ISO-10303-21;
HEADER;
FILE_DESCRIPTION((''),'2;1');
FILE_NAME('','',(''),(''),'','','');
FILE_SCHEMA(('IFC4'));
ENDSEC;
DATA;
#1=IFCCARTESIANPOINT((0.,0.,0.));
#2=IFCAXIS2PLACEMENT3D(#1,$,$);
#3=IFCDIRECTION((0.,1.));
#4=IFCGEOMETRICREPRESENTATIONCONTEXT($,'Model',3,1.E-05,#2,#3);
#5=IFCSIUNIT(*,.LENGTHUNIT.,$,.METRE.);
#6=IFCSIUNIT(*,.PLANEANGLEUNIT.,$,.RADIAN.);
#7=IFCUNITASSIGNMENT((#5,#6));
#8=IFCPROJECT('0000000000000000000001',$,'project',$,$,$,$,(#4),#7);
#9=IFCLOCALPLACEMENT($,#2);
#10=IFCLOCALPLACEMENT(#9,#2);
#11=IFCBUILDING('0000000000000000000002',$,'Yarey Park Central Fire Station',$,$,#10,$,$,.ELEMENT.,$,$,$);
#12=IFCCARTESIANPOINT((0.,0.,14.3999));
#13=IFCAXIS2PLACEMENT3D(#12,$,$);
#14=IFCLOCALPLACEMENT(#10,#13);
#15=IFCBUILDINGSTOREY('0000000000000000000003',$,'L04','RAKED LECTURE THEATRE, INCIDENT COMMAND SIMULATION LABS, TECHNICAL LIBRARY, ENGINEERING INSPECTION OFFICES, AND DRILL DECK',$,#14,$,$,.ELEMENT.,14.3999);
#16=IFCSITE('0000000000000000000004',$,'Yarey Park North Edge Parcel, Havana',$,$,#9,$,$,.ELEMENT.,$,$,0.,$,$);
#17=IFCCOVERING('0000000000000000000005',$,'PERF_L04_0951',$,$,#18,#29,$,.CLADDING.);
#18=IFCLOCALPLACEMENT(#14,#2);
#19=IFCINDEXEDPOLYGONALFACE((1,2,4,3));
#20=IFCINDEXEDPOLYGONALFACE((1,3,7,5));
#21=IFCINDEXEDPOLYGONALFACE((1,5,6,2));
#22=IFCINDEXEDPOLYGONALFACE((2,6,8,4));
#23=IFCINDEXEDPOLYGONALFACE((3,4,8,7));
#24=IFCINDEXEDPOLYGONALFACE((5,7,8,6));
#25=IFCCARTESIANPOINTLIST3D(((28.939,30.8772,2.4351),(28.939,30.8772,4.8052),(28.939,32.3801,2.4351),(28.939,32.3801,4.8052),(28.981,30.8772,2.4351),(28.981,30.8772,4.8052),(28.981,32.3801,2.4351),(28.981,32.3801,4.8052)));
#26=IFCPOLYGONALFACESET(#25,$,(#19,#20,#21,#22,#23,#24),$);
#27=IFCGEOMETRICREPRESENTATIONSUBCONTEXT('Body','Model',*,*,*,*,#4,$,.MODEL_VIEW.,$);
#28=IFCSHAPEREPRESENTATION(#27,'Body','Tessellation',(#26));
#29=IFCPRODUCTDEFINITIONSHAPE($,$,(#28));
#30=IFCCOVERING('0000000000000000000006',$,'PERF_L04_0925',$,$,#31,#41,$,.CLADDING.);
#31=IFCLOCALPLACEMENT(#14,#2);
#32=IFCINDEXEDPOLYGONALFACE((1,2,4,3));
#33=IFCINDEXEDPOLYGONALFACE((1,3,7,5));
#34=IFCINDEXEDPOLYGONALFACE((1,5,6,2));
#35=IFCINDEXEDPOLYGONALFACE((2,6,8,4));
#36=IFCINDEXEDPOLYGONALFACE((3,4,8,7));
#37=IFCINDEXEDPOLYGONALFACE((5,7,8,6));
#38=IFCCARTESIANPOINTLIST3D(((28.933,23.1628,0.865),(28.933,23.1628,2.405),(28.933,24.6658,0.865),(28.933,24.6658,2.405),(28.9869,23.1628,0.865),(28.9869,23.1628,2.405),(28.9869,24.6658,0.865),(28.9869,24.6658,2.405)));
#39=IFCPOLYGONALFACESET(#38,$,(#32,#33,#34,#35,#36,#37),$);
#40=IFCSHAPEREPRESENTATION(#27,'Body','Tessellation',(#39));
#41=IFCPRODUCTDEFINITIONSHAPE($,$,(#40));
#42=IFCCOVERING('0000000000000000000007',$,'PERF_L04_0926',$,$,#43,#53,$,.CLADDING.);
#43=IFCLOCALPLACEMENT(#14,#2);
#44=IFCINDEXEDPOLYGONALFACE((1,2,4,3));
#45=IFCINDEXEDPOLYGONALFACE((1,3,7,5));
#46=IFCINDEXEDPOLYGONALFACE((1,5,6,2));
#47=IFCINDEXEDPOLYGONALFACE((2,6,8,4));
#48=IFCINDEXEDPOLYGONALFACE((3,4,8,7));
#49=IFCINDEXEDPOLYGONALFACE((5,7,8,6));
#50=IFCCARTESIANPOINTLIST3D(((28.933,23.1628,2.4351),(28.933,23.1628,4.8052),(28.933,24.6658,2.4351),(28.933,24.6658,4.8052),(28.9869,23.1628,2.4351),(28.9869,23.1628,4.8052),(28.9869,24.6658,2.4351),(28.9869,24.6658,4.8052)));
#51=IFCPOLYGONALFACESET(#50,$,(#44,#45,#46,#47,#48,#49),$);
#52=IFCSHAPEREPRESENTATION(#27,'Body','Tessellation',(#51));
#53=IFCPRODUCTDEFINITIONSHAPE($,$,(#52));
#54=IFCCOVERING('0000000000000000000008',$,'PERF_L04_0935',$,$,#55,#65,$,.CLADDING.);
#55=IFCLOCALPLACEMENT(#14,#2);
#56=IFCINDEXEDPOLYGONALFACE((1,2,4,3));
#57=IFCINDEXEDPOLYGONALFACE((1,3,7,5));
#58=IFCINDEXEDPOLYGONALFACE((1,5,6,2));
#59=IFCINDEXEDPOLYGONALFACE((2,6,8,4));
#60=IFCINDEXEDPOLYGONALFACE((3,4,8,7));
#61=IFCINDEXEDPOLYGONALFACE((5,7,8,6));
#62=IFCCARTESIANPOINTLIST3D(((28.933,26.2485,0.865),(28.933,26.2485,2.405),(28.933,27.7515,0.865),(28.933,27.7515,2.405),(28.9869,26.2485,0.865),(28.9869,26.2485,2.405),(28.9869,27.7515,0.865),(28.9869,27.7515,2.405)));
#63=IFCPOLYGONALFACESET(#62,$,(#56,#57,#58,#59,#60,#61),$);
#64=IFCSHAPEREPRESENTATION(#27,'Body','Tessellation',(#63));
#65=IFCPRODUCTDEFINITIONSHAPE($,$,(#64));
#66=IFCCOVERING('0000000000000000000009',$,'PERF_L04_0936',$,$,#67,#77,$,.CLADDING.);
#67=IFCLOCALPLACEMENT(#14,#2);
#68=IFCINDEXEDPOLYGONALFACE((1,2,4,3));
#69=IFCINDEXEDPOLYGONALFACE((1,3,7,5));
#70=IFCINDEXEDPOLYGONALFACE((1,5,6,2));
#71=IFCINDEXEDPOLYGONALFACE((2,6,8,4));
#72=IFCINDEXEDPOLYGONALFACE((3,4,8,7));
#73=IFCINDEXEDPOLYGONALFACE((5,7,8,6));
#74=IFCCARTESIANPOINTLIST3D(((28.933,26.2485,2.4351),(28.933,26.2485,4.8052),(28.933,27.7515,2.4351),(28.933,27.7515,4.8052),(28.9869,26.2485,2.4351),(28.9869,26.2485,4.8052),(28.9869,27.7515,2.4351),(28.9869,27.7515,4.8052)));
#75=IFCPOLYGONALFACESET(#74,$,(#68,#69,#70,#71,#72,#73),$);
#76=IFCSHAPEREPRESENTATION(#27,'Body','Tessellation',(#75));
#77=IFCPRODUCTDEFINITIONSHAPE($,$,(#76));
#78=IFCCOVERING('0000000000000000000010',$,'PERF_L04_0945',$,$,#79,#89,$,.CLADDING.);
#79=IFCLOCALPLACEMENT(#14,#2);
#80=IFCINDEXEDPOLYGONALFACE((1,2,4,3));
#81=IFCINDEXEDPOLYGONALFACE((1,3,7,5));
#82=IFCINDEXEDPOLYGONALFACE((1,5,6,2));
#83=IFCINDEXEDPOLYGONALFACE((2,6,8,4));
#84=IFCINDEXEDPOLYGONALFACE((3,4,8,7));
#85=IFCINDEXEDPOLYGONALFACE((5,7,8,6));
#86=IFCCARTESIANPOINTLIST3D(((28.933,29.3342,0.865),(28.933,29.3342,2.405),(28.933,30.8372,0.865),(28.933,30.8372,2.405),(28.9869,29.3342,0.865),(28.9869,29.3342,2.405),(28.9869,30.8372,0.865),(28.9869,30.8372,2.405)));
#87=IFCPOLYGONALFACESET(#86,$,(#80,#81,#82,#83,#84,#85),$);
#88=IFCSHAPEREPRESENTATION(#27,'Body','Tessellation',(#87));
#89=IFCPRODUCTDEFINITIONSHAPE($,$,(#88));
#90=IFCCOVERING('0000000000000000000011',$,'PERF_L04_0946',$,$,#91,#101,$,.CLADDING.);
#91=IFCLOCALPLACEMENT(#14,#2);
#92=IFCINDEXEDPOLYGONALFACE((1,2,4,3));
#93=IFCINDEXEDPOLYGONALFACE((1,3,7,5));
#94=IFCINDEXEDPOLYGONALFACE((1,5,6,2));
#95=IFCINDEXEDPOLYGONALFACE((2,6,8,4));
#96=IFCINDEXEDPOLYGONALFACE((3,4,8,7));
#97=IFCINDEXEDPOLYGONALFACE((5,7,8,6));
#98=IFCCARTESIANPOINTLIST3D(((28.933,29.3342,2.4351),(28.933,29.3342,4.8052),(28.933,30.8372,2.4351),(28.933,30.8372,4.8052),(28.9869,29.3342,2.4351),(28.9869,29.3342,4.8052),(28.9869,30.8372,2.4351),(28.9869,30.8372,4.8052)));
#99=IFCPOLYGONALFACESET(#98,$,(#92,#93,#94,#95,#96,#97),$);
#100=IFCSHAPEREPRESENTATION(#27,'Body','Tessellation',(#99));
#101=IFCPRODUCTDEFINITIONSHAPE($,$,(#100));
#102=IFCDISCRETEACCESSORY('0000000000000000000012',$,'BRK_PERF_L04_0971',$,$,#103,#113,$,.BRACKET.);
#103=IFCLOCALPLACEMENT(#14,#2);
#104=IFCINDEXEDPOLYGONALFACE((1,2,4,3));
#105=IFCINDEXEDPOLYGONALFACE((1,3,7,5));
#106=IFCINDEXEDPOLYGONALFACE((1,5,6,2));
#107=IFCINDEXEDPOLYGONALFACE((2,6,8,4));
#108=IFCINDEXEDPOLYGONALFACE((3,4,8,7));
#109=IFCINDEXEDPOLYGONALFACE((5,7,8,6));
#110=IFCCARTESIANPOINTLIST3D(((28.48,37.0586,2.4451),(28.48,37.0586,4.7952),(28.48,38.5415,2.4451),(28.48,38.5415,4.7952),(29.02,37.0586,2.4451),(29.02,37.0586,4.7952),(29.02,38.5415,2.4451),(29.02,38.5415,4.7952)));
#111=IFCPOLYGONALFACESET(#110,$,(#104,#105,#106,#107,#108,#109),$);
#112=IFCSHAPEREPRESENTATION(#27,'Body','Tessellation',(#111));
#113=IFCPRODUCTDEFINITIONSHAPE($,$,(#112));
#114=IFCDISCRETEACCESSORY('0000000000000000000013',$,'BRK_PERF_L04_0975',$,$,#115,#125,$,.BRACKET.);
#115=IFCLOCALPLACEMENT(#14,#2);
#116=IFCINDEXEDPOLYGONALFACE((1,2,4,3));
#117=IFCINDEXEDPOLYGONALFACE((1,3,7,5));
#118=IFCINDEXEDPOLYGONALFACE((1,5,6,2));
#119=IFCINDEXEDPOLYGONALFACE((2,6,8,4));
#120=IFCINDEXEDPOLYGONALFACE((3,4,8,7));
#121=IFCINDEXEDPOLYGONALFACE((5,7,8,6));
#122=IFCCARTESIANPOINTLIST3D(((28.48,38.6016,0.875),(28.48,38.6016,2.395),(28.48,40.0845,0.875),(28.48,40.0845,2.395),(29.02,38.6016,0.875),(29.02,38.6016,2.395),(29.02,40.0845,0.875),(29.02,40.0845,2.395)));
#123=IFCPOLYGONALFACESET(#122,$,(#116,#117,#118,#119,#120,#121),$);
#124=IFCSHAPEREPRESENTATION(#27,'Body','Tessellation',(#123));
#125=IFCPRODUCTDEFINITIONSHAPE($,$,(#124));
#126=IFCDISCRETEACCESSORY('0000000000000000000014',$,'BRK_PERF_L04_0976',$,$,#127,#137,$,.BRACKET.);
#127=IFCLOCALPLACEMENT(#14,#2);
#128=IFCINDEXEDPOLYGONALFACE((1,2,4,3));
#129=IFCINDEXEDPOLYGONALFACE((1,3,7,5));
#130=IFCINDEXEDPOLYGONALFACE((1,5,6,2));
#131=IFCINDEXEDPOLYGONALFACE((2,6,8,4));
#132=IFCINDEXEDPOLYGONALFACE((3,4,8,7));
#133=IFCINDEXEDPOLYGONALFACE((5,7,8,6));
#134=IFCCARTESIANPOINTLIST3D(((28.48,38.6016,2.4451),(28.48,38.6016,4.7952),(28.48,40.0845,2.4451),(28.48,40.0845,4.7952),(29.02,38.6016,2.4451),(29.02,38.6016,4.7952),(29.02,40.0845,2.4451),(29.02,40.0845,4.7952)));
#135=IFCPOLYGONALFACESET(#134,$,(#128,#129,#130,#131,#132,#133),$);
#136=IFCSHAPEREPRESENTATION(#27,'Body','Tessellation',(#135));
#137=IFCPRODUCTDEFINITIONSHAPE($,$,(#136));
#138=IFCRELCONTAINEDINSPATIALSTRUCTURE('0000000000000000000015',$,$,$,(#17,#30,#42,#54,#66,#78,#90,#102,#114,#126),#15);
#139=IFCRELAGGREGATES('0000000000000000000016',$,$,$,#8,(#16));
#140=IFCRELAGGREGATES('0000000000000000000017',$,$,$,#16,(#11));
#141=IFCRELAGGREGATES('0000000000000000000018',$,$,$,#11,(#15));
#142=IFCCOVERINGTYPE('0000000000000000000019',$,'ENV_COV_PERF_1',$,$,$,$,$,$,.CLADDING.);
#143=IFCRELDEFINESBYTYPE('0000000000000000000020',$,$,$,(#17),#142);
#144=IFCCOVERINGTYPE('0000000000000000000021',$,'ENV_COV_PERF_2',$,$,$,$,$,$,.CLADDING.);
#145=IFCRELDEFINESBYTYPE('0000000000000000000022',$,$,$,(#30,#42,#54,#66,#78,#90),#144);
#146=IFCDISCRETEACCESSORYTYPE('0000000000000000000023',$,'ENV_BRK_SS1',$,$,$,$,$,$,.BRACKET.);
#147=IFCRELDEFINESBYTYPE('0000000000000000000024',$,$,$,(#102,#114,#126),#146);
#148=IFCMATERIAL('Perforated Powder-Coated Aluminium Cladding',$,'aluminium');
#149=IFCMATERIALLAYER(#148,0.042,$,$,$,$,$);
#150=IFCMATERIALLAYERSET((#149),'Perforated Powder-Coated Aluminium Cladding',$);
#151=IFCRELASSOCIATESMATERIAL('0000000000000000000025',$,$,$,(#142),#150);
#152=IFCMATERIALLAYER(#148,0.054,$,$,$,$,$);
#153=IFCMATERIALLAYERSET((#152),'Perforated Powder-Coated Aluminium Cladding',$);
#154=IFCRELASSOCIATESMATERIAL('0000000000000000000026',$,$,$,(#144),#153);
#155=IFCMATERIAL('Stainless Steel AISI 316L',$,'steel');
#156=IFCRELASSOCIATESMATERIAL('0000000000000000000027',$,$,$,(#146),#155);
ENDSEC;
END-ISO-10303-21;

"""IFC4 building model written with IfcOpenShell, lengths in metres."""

from ifc_helpers import new_model, si_unit, direction, frame, origin, origin_2d, place, context, subcontext, project, spatial, rectangle, extrude, material, layer, layer_set, type_object, element, save


model = new_model("IFC4")

# Units and contexts
model_context = context("Model", 3, precision=1e-05, world=origin(), true_north=direction((0.0, 1.0)))
body_context = subcontext(model_context, "Body", "Model", "MODEL_VIEW")
ifc_project = project(units=[si_unit("LENGTHUNIT", "METRE"), si_unit("PLANEANGLEUNIT", "RADIAN")], contexts=[model_context])

# Site, building, storey
site_placement = place(None, origin())
site = spatial("IfcSite", under=ifc_project, at=site_placement, Name="Yarey Park North Edge Parcel, Havana", CompositionType="ELEMENT", RefElevation=0.0)
building_placement = place(site_placement, origin())
building = spatial("IfcBuilding", under=site, at=building_placement, Name="Yarey Park Central Fire Station", CompositionType="ELEMENT")
storey_placement = place(building_placement, frame((0.0, 0.0, 14.3999)))
storey = spatial("IfcBuildingStorey", under=building, at=storey_placement, Name="L04", Description="RAKED LECTURE THEATRE, INCIDENT COMMAND SIMULATION LABS, TECHNICAL LIBRARY, ENGINEERING INSPECTION OFFICES, AND DRILL DECK", CompositionType="ELEMENT", Elevation=14.3999)

# Coverings
ifc_material_1 = material(Name="Perforated Powder-Coated Aluminium Cladding", Category="aluminium")
ifc_layer_1 = layer(ifc_material_1, 0.042)
ifc_layer_set_1 = layer_set([ifc_layer_1], Name="Perforated Powder-Coated Aluminium Cladding")
covering_type_1 = type_object("IfcCoveringType", Name="ENV_COV_PERF_1", PredefinedType="CLADDING", material=ifc_layer_set_1)
covering_1_placement = place(storey_placement, frame((28.96, 31.6287, 2.4351), z_axis=(0.0, 0.0, 1.0), x_axis=(0.0, 1.0, 0.0)))
element("IfcCovering", 1, at=covering_1_placement, inside=storey, type_object=covering_type_1, Name="PERF_L04_0951", PredefinedType="CLADDING", context=body_context, shape_type="SweptSolid", body=[
    extrude(rectangle(XDim=1.5029, YDim=0.042, at=origin_2d()), origin(), (0.0, 0.0, 1.0), 2.3701),
])
ifc_layer_2 = layer(ifc_material_1, 0.054)
ifc_layer_set_2 = layer_set([ifc_layer_2], Name="Perforated Powder-Coated Aluminium Cladding")
covering_type_2 = type_object("IfcCoveringType", Name="ENV_COV_PERF_2", PredefinedType="CLADDING", material=ifc_layer_set_2)
covering_2_placement = place(storey_placement, frame((28.96, 23.9143, 0.865), z_axis=(0.0, 0.0, 1.0), x_axis=(0.0, 1.0, 0.0)))
element("IfcCovering", 2, at=covering_2_placement, inside=storey, type_object=covering_type_2, Name="PERF_L04_0925", PredefinedType="CLADDING", context=body_context, shape_type="SweptSolid", body=[
    extrude(rectangle(XDim=1.5029, YDim=0.054, at=origin_2d()), origin(), (0.0, 0.0, 1.0), 1.54),
])
covering_3_placement = place(storey_placement, frame((28.96, 23.9143, 2.4351), z_axis=(0.0, 0.0, 1.0), x_axis=(0.0, 1.0, 0.0)))
element("IfcCovering", 3, at=covering_3_placement, inside=storey, type_object=covering_type_2, Name="PERF_L04_0926", PredefinedType="CLADDING", context=body_context, shape_type="SweptSolid", body=[
    extrude(rectangle(XDim=1.5029, YDim=0.054, at=origin_2d()), origin(), (0.0, 0.0, 1.0), 2.3701),
])
covering_4_placement = place(storey_placement, frame((28.96, 27.0, 0.865), z_axis=(0.0, 0.0, 1.0), x_axis=(0.0, 1.0, 0.0)))
element("IfcCovering", 4, at=covering_4_placement, inside=storey, type_object=covering_type_2, Name="PERF_L04_0935", PredefinedType="CLADDING", context=body_context, shape_type="SweptSolid", body=[
    extrude(rectangle(XDim=1.5029, YDim=0.054, at=origin_2d()), origin(), (0.0, 0.0, 1.0), 1.54),
])
covering_5_placement = place(storey_placement, frame((28.96, 27.0, 2.4351), z_axis=(0.0, 0.0, 1.0), x_axis=(0.0, 1.0, 0.0)))
element("IfcCovering", 5, at=covering_5_placement, inside=storey, type_object=covering_type_2, Name="PERF_L04_0936", PredefinedType="CLADDING", context=body_context, shape_type="SweptSolid", body=[
    extrude(rectangle(XDim=1.5029, YDim=0.054, at=origin_2d()), origin(), (0.0, 0.0, 1.0), 2.3701),
])
covering_6_placement = place(storey_placement, frame((28.96, 30.0857, 0.865), z_axis=(0.0, 0.0, 1.0), x_axis=(0.0, 1.0, 0.0)))
element("IfcCovering", 6, at=covering_6_placement, inside=storey, type_object=covering_type_2, Name="PERF_L04_0945", PredefinedType="CLADDING", context=body_context, shape_type="SweptSolid", body=[
    extrude(rectangle(XDim=1.5029, YDim=0.054, at=origin_2d()), origin(), (0.0, 0.0, 1.0), 1.54),
])
covering_7_placement = place(storey_placement, frame((28.96, 30.0857, 2.4351), z_axis=(0.0, 0.0, 1.0), x_axis=(0.0, 1.0, 0.0)))
element("IfcCovering", 7, at=covering_7_placement, inside=storey, type_object=covering_type_2, Name="PERF_L04_0946", PredefinedType="CLADDING", context=body_context, shape_type="SweptSolid", body=[
    extrude(rectangle(XDim=1.5029, YDim=0.054, at=origin_2d()), origin(), (0.0, 0.0, 1.0), 2.3701),
])

# Discrete accessories
ifc_material_2 = material(Name="Stainless Steel AISI 316L", Category="steel")
discrete_accessory_type = type_object("IfcDiscreteAccessoryType", Name="ENV_BRK_SS1", PredefinedType="BRACKET", material=ifc_material_2)
discrete_accessory_1_placement = place(storey_placement, frame((28.75, 37.8, 2.4451), z_axis=(0.0, 0.0, 1.0), x_axis=(1.0, 0.0, 0.0)))
element("IfcDiscreteAccessory", 8, at=discrete_accessory_1_placement, inside=storey, type_object=discrete_accessory_type, Name="BRK_PERF_L04_0971", PredefinedType="BRACKET", context=body_context, shape_type="SweptSolid", body=[
    extrude(rectangle(XDim=0.54, YDim=1.4829, at=origin_2d()), origin(), (0.0, 0.0, 1.0), 2.3501),
])
discrete_accessory_2_placement = place(storey_placement, frame((28.75, 39.343, 0.875), z_axis=(0.0, 0.0, 1.0), x_axis=(1.0, 0.0, 0.0)))
element("IfcDiscreteAccessory", 9, at=discrete_accessory_2_placement, inside=storey, type_object=discrete_accessory_type, Name="BRK_PERF_L04_0975", PredefinedType="BRACKET", context=body_context, shape_type="SweptSolid", body=[
    extrude(rectangle(XDim=0.54, YDim=1.4829, at=origin_2d()), origin(), (0.0, 0.0, 1.0), 1.52),
])
discrete_accessory_3_placement = place(storey_placement, frame((28.75, 39.343, 2.4451), z_axis=(0.0, 0.0, 1.0), x_axis=(1.0, 0.0, 0.0)))
element("IfcDiscreteAccessory", 10, at=discrete_accessory_3_placement, inside=storey, type_object=discrete_accessory_type, Name="BRK_PERF_L04_0976", PredefinedType="BRACKET", context=body_context, shape_type="SweptSolid", body=[
    extrude(rectangle(XDim=0.54, YDim=1.4829, at=origin_2d()), origin(), (0.0, 0.0, 1.0), 2.3501),
])

save(model, "model.ifc")
